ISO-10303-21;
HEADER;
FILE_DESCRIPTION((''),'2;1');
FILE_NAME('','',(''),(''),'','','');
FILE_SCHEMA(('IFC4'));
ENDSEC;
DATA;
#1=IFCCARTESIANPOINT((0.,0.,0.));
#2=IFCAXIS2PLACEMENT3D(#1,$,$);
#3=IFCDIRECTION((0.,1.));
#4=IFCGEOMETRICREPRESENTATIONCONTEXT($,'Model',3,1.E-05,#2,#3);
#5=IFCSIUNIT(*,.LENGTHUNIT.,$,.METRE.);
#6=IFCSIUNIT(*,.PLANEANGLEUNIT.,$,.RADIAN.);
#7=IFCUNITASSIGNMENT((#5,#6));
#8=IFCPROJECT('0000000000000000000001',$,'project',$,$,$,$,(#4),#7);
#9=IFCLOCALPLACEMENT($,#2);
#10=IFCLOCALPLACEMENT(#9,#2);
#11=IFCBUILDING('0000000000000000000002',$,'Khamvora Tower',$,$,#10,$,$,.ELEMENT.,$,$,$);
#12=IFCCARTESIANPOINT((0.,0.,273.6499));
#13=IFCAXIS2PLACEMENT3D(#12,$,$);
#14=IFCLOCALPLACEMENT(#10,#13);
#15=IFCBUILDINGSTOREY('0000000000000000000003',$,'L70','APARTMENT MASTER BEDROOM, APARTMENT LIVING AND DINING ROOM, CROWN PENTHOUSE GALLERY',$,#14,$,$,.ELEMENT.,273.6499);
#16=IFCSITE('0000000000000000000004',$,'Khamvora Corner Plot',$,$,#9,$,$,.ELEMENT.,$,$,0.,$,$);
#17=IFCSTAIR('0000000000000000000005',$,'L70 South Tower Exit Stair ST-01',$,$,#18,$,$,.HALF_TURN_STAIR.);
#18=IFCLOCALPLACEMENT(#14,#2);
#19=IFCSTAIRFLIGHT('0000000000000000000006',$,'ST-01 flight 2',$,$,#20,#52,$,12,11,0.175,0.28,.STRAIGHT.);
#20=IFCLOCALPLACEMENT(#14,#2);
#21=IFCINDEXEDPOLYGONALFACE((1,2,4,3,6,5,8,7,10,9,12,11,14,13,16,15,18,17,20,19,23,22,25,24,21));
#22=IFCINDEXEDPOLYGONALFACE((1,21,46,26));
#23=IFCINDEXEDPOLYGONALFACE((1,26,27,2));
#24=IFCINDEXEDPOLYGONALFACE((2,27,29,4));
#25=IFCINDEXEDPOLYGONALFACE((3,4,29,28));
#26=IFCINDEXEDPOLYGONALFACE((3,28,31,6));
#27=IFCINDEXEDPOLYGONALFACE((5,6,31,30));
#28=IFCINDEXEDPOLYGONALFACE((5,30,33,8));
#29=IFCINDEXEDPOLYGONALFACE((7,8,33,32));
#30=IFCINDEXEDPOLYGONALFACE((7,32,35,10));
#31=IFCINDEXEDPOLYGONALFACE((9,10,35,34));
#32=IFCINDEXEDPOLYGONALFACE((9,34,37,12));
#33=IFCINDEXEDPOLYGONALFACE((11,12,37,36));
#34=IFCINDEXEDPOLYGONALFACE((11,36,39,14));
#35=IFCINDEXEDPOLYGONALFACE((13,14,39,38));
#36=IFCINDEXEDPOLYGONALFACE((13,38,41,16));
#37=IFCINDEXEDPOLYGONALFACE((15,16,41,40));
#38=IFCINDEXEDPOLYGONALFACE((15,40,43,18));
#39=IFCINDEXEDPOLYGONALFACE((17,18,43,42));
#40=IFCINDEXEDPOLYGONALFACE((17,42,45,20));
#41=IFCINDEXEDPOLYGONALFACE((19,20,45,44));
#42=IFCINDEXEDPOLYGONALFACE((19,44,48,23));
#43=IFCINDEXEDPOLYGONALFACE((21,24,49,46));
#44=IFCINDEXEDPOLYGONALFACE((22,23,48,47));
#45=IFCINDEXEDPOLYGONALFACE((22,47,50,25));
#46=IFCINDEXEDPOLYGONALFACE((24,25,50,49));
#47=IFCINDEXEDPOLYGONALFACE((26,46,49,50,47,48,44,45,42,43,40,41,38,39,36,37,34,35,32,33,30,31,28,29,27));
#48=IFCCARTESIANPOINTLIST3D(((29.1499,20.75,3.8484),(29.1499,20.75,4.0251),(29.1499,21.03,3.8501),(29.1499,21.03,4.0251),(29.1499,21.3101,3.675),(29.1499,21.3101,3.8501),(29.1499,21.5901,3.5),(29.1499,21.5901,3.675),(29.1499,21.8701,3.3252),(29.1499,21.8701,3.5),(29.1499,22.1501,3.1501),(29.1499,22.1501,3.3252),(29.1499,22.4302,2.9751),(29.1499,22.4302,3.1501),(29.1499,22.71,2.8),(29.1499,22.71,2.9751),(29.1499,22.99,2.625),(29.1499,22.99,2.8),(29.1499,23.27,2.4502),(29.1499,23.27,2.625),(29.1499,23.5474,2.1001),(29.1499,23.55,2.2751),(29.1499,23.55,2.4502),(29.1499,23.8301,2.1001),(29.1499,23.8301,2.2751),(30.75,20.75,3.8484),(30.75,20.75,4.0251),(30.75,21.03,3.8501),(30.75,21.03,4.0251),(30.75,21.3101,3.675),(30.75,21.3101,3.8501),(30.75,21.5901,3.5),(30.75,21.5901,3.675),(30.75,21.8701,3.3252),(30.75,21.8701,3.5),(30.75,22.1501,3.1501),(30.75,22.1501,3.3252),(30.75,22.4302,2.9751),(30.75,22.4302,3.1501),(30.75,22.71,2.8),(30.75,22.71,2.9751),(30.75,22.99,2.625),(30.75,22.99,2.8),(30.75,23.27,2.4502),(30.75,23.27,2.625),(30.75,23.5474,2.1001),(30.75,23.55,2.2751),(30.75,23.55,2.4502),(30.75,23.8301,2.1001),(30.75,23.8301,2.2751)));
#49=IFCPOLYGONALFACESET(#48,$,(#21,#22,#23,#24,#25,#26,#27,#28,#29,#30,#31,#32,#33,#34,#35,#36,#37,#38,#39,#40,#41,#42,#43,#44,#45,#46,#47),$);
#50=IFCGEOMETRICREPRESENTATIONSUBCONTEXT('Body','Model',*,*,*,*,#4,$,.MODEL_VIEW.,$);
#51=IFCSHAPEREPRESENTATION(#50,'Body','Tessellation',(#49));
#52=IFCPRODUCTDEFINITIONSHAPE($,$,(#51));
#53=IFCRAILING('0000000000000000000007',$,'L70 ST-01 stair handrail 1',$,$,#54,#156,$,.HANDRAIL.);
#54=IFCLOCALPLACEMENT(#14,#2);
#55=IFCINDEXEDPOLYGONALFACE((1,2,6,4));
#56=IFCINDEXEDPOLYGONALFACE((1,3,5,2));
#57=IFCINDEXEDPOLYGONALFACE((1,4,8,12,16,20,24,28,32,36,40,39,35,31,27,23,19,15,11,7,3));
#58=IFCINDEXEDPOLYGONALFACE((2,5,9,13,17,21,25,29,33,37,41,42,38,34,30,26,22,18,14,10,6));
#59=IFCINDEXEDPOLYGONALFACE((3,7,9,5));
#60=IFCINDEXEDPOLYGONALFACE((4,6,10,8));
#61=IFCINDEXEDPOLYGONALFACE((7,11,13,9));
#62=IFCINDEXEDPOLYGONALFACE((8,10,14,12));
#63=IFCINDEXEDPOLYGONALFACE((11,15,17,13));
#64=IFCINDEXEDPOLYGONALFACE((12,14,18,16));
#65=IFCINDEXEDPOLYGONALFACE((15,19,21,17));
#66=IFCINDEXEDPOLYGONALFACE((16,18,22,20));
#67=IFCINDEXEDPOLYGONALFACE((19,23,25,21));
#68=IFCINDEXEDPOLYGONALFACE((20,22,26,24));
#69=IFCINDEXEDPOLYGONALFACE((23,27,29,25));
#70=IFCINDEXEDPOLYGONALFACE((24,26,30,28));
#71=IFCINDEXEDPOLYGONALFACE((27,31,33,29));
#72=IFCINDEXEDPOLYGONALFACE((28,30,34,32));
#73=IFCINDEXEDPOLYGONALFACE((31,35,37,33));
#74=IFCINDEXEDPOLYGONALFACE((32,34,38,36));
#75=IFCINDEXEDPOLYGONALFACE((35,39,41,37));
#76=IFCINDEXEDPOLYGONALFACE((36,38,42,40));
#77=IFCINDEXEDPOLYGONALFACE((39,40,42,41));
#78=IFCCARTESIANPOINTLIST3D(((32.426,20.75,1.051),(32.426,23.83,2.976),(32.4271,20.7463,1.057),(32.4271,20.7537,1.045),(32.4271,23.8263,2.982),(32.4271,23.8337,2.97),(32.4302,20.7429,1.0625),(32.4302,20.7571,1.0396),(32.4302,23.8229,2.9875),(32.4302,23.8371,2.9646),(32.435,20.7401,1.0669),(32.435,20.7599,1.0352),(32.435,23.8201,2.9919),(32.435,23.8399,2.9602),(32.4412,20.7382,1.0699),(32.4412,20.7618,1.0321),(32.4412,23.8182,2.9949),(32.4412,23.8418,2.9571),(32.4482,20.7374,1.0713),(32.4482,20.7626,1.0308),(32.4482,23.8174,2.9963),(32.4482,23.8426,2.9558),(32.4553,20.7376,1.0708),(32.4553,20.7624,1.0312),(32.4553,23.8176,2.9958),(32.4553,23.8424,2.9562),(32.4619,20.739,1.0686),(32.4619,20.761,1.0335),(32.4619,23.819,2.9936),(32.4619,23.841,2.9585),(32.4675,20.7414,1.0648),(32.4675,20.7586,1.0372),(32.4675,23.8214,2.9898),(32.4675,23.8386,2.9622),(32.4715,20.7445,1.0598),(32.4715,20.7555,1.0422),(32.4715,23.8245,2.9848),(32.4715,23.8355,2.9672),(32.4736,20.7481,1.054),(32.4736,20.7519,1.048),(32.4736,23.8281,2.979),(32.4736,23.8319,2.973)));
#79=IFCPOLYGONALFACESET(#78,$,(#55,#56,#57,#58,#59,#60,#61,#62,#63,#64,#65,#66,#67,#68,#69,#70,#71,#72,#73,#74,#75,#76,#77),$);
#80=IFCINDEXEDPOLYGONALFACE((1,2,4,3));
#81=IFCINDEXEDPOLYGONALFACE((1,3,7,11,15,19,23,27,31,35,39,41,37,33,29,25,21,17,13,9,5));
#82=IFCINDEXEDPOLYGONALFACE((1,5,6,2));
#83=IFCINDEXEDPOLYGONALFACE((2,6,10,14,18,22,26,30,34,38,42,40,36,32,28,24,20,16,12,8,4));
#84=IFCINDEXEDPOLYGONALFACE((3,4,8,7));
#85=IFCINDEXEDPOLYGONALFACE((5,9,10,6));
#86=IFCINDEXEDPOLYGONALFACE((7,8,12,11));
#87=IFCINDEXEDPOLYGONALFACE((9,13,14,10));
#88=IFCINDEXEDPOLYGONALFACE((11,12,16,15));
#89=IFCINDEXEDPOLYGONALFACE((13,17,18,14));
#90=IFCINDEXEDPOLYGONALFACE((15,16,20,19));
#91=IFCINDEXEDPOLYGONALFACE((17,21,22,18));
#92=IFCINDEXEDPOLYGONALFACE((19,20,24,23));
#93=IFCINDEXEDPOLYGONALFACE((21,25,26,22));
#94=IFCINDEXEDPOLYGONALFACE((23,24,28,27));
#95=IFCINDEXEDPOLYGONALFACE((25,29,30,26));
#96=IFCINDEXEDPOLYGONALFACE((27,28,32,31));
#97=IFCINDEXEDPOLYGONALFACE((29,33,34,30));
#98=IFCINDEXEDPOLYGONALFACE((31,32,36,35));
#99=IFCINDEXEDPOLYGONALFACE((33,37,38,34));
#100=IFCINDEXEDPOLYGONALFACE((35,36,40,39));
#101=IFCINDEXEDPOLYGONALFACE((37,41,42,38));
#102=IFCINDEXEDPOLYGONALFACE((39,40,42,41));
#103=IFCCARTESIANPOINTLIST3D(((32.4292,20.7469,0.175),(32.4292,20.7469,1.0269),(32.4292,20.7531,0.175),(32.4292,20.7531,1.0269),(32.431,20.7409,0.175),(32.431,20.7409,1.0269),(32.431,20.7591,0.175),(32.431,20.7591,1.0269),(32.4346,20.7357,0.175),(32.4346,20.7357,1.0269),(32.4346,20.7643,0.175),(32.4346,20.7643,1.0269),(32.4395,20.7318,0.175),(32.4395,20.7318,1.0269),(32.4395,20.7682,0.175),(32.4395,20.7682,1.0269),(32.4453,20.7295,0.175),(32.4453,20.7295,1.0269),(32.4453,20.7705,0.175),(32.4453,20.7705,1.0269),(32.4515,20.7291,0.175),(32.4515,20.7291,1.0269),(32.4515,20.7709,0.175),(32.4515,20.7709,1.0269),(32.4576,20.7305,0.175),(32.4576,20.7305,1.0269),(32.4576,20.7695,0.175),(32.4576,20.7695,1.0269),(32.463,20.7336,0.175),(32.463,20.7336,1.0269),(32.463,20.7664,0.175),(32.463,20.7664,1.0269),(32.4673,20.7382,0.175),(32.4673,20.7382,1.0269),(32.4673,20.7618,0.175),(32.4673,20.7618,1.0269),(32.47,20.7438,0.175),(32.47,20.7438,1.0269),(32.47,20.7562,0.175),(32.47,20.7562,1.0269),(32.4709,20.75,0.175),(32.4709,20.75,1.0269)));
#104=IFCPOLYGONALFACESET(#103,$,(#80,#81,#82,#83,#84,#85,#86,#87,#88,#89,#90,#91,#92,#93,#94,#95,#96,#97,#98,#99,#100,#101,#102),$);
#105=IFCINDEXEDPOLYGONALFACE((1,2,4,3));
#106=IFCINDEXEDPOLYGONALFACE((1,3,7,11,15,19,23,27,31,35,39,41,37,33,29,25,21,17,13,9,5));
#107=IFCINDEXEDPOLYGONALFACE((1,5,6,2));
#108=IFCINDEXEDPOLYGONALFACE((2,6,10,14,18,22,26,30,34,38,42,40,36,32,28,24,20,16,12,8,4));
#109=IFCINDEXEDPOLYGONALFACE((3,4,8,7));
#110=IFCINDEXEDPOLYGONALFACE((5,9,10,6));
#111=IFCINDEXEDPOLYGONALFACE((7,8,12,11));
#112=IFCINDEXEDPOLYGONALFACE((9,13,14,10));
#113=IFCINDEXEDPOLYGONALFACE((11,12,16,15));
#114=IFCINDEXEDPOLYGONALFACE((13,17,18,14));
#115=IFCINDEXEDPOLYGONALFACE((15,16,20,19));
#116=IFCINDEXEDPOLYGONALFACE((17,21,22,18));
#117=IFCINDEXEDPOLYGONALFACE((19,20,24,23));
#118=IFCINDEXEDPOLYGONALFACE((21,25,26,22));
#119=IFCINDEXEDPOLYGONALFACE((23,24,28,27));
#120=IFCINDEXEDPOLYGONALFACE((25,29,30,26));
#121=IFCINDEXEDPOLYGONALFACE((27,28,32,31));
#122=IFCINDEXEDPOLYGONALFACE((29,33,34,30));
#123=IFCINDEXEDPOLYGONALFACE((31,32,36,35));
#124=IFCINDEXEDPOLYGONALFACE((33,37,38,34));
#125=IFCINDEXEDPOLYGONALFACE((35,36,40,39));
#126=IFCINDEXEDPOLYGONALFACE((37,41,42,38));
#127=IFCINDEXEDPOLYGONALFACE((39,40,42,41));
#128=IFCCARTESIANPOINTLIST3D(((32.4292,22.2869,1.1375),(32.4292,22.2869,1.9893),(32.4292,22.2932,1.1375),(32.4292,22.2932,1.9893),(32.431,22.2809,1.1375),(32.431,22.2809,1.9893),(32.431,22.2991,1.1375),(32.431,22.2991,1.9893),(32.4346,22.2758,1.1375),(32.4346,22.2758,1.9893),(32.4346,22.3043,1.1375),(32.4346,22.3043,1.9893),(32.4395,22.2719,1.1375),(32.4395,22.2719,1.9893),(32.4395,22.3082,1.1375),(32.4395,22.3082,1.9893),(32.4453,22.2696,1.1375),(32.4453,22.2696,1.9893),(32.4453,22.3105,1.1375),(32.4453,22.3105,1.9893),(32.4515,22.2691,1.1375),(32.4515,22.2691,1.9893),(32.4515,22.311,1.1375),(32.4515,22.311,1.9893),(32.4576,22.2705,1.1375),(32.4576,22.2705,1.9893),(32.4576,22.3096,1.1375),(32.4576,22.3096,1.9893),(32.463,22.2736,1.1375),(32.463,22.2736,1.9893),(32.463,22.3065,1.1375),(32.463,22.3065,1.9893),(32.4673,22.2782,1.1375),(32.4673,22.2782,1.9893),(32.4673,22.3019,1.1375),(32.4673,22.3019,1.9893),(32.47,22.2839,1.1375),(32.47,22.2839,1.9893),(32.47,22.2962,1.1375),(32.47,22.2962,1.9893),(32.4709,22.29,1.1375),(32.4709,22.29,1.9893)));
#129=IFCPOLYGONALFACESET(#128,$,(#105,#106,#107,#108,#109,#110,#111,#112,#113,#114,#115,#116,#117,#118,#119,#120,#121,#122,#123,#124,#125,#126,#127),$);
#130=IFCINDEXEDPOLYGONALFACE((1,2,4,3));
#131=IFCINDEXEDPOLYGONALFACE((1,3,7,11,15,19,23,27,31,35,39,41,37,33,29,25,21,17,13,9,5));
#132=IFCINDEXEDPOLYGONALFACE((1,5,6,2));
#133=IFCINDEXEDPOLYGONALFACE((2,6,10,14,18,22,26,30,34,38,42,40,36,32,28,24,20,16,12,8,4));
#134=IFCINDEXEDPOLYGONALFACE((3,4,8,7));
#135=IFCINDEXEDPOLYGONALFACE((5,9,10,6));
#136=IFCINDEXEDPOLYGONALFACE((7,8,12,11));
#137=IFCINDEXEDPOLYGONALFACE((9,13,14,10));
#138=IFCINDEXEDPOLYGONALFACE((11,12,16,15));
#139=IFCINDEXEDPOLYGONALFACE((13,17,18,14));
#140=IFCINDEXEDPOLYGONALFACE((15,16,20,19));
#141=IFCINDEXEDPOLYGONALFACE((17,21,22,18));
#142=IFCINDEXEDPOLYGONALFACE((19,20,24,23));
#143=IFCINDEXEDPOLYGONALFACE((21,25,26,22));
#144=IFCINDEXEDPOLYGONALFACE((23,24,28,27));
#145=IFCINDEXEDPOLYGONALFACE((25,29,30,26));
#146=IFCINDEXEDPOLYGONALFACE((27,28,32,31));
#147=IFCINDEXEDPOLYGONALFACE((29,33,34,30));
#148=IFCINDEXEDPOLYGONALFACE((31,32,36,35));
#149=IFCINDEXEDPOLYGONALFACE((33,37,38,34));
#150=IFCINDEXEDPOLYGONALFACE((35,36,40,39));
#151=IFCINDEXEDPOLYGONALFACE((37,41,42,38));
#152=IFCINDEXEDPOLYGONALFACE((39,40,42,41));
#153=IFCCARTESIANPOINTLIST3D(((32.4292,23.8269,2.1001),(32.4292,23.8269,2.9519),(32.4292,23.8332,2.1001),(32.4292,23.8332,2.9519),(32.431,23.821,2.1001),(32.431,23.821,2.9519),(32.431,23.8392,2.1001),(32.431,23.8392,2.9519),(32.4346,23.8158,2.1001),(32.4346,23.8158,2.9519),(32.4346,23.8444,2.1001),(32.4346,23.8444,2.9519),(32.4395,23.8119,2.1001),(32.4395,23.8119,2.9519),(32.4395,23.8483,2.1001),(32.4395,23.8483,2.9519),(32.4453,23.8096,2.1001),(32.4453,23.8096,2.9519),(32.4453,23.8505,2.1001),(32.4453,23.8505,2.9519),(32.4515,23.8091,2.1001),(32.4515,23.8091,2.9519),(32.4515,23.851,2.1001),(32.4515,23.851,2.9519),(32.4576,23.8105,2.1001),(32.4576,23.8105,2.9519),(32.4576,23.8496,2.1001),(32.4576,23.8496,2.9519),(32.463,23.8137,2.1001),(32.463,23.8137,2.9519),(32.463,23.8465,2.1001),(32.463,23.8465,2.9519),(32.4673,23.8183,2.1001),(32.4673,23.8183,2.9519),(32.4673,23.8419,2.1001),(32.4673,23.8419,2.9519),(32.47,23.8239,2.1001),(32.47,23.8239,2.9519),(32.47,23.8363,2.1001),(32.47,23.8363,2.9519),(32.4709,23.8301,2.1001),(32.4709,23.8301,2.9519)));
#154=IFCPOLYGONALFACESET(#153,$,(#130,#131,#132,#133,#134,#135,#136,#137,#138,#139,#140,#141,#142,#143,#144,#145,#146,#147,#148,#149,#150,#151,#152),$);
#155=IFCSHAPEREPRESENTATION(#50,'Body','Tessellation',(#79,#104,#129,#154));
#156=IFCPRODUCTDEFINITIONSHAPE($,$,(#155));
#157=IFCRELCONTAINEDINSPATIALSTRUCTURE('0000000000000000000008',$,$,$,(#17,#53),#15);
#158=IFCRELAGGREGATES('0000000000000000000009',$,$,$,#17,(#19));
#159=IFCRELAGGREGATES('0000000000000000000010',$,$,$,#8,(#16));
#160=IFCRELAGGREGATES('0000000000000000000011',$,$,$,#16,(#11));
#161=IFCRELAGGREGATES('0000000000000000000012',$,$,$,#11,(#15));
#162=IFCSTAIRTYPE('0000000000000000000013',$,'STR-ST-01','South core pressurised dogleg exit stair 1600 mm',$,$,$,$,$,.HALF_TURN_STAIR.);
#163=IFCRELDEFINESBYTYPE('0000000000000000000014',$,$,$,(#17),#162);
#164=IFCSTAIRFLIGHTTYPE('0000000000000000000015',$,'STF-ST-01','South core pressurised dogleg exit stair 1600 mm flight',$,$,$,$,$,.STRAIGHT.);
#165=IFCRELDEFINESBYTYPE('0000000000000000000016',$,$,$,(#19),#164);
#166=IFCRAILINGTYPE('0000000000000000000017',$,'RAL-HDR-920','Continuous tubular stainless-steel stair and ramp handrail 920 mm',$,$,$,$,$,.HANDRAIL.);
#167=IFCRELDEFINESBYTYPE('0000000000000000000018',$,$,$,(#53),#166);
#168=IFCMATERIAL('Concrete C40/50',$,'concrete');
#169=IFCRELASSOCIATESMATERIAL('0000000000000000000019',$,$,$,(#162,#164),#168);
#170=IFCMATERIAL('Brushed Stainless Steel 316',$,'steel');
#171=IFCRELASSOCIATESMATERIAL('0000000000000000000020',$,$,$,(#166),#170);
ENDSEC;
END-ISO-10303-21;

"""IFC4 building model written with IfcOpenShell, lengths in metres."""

from ifc_helpers import new_model, si_unit, direction, frame, origin, origin_2d, place, context, subcontext, project, spatial, polyline, circle, outline, extrude, material, type_object, element, aggregate, save


model = new_model("IFC4")

# Units and contexts
model_context = context("Model", 3, precision=1e-05, world=origin(), true_north=direction((0.0, 1.0)))
body_context = subcontext(model_context, "Body", "Model", "MODEL_VIEW")
ifc_project = project(units=[si_unit("LENGTHUNIT", "METRE"), si_unit("PLANEANGLEUNIT", "RADIAN")], contexts=[model_context])

# Site, building, storey
site_placement = place(None, origin())
site = spatial("IfcSite", under=ifc_project, at=site_placement, Name="Khamvora Corner Plot", CompositionType="ELEMENT", RefElevation=0.0)
building_placement = place(site_placement, origin())
building = spatial("IfcBuilding", under=site, at=building_placement, Name="Khamvora Tower", CompositionType="ELEMENT")
storey_placement = place(building_placement, frame((0.0, 0.0, 273.6499)))
storey = spatial("IfcBuildingStorey", under=building, at=storey_placement, Name="L70", Description="APARTMENT MASTER BEDROOM, APARTMENT LIVING AND DINING ROOM, CROWN PENTHOUSE GALLERY", CompositionType="ELEMENT", Elevation=273.6499)

# Stair, stair flight
ifc_material_1 = material(Name="Concrete C40/50", Category="concrete")
stair_type = type_object("IfcStairType", Name="STR-ST-01", Description="South core pressurised dogleg exit stair 1600 mm", PredefinedType="HALF_TURN_STAIR", material=ifc_material_1)
stair_placement = place(storey_placement, origin())
stair = element("IfcStair", 1, at=stair_placement, inside=storey, type_object=stair_type, Name="L70 South Tower Exit Stair ST-01", PredefinedType="HALF_TURN_STAIR")
stair_flight_type = type_object("IfcStairFlightType", Name="STF-ST-01", Description="South core pressurised dogleg exit stair 1600 mm flight", PredefinedType="STRAIGHT", material=ifc_material_1)
stair_flight_1_placement = place(storey_placement, frame((29.95, 23.8301, 2.1001), z_axis=(0.0, 0.0, 1.0), x_axis=(0.0, -1.0, 0.0)))
stair_flight_1 = element("IfcStairFlight", 2, at=stair_flight_1_placement, type_object=stair_flight_type, Name="ST-01 flight 2", NumberOfRisers=12, NumberOfTreads=11, PredefinedType="STRAIGHT", RiserHeight=0.175, TreadLength=0.28, context=body_context, shape_type="SweptSolid", body=[
    extrude(outline(polyline([(0.0, 0.0), (0.0, 0.175), (0.28, 0.175), (0.28, 0.3501), (0.5601, 0.3501), (0.5601, 0.5249), (0.8401, 0.5249), (0.8401, 0.7), (1.1201, 0.7), (1.1201, 0.875), (1.3999, 0.875), (1.3999, 1.05), (1.6799, 1.05), (1.6799, 1.2251), (1.96, 1.2251), (1.96, 1.3999), (2.24, 1.3999), (2.24, 1.575), (2.52, 1.575), (2.52, 1.75), (2.8, 1.75), (2.8, 1.925), (3.0801, 1.925), (3.0801, 2.1001), (3.0801, 1.7483), (0.2827, 0.0), (0.0, 0.0)])), frame((0.0, 0.8, 0.0), z_axis=(0.0, -1.0, 0.0), x_axis=(1.0, 0.0, 0.0)), (0.0, 0.0, 1.0), 1.6001),
])
aggregate(stair, [stair_flight_1])

# Railing
ifc_material_2 = material(Name="Brushed Stainless Steel 316", Category="steel")
railing_type_1 = type_object("IfcRailingType", Name="RAL-HDR-920", Description="Continuous tubular stainless-steel stair and ramp handrail 920 mm", PredefinedType="HANDRAIL", material=ifc_material_2)
railing_1_placement = place(storey_placement, frame((32.45, 20.75, 0.175)))
element("IfcRailing", 3, at=railing_1_placement, inside=storey, type_object=railing_type_1, Name="L70 ST-01 stair handrail 1", PredefinedType="HANDRAIL", context=body_context, shape_type="SweptSolid", body=[
    extrude(circle(Radius=0.0239, at=origin_2d()), frame((0.0, 0.0, 0.876), z_axis=(0.0, 0.847998, 0.529999), x_axis=(-1.0, 0.0, 0.0)), (0.0, 0.0, 1.0), 3.6321),
    extrude(circle(Radius=0.021, at=origin_2d()), origin(), (0.0, 0.0, 1.0), 0.8518),
    extrude(circle(Radius=0.021, at=origin_2d()), frame((0.0, 1.54, 0.9624)), (0.0, 0.0, 1.0), 0.8518),
    extrude(circle(Radius=0.021, at=origin_2d()), frame((0.0, 3.0801, 1.925)), (0.0, 0.0, 1.0), 0.8518),
])

save(model, "model.ifc")
